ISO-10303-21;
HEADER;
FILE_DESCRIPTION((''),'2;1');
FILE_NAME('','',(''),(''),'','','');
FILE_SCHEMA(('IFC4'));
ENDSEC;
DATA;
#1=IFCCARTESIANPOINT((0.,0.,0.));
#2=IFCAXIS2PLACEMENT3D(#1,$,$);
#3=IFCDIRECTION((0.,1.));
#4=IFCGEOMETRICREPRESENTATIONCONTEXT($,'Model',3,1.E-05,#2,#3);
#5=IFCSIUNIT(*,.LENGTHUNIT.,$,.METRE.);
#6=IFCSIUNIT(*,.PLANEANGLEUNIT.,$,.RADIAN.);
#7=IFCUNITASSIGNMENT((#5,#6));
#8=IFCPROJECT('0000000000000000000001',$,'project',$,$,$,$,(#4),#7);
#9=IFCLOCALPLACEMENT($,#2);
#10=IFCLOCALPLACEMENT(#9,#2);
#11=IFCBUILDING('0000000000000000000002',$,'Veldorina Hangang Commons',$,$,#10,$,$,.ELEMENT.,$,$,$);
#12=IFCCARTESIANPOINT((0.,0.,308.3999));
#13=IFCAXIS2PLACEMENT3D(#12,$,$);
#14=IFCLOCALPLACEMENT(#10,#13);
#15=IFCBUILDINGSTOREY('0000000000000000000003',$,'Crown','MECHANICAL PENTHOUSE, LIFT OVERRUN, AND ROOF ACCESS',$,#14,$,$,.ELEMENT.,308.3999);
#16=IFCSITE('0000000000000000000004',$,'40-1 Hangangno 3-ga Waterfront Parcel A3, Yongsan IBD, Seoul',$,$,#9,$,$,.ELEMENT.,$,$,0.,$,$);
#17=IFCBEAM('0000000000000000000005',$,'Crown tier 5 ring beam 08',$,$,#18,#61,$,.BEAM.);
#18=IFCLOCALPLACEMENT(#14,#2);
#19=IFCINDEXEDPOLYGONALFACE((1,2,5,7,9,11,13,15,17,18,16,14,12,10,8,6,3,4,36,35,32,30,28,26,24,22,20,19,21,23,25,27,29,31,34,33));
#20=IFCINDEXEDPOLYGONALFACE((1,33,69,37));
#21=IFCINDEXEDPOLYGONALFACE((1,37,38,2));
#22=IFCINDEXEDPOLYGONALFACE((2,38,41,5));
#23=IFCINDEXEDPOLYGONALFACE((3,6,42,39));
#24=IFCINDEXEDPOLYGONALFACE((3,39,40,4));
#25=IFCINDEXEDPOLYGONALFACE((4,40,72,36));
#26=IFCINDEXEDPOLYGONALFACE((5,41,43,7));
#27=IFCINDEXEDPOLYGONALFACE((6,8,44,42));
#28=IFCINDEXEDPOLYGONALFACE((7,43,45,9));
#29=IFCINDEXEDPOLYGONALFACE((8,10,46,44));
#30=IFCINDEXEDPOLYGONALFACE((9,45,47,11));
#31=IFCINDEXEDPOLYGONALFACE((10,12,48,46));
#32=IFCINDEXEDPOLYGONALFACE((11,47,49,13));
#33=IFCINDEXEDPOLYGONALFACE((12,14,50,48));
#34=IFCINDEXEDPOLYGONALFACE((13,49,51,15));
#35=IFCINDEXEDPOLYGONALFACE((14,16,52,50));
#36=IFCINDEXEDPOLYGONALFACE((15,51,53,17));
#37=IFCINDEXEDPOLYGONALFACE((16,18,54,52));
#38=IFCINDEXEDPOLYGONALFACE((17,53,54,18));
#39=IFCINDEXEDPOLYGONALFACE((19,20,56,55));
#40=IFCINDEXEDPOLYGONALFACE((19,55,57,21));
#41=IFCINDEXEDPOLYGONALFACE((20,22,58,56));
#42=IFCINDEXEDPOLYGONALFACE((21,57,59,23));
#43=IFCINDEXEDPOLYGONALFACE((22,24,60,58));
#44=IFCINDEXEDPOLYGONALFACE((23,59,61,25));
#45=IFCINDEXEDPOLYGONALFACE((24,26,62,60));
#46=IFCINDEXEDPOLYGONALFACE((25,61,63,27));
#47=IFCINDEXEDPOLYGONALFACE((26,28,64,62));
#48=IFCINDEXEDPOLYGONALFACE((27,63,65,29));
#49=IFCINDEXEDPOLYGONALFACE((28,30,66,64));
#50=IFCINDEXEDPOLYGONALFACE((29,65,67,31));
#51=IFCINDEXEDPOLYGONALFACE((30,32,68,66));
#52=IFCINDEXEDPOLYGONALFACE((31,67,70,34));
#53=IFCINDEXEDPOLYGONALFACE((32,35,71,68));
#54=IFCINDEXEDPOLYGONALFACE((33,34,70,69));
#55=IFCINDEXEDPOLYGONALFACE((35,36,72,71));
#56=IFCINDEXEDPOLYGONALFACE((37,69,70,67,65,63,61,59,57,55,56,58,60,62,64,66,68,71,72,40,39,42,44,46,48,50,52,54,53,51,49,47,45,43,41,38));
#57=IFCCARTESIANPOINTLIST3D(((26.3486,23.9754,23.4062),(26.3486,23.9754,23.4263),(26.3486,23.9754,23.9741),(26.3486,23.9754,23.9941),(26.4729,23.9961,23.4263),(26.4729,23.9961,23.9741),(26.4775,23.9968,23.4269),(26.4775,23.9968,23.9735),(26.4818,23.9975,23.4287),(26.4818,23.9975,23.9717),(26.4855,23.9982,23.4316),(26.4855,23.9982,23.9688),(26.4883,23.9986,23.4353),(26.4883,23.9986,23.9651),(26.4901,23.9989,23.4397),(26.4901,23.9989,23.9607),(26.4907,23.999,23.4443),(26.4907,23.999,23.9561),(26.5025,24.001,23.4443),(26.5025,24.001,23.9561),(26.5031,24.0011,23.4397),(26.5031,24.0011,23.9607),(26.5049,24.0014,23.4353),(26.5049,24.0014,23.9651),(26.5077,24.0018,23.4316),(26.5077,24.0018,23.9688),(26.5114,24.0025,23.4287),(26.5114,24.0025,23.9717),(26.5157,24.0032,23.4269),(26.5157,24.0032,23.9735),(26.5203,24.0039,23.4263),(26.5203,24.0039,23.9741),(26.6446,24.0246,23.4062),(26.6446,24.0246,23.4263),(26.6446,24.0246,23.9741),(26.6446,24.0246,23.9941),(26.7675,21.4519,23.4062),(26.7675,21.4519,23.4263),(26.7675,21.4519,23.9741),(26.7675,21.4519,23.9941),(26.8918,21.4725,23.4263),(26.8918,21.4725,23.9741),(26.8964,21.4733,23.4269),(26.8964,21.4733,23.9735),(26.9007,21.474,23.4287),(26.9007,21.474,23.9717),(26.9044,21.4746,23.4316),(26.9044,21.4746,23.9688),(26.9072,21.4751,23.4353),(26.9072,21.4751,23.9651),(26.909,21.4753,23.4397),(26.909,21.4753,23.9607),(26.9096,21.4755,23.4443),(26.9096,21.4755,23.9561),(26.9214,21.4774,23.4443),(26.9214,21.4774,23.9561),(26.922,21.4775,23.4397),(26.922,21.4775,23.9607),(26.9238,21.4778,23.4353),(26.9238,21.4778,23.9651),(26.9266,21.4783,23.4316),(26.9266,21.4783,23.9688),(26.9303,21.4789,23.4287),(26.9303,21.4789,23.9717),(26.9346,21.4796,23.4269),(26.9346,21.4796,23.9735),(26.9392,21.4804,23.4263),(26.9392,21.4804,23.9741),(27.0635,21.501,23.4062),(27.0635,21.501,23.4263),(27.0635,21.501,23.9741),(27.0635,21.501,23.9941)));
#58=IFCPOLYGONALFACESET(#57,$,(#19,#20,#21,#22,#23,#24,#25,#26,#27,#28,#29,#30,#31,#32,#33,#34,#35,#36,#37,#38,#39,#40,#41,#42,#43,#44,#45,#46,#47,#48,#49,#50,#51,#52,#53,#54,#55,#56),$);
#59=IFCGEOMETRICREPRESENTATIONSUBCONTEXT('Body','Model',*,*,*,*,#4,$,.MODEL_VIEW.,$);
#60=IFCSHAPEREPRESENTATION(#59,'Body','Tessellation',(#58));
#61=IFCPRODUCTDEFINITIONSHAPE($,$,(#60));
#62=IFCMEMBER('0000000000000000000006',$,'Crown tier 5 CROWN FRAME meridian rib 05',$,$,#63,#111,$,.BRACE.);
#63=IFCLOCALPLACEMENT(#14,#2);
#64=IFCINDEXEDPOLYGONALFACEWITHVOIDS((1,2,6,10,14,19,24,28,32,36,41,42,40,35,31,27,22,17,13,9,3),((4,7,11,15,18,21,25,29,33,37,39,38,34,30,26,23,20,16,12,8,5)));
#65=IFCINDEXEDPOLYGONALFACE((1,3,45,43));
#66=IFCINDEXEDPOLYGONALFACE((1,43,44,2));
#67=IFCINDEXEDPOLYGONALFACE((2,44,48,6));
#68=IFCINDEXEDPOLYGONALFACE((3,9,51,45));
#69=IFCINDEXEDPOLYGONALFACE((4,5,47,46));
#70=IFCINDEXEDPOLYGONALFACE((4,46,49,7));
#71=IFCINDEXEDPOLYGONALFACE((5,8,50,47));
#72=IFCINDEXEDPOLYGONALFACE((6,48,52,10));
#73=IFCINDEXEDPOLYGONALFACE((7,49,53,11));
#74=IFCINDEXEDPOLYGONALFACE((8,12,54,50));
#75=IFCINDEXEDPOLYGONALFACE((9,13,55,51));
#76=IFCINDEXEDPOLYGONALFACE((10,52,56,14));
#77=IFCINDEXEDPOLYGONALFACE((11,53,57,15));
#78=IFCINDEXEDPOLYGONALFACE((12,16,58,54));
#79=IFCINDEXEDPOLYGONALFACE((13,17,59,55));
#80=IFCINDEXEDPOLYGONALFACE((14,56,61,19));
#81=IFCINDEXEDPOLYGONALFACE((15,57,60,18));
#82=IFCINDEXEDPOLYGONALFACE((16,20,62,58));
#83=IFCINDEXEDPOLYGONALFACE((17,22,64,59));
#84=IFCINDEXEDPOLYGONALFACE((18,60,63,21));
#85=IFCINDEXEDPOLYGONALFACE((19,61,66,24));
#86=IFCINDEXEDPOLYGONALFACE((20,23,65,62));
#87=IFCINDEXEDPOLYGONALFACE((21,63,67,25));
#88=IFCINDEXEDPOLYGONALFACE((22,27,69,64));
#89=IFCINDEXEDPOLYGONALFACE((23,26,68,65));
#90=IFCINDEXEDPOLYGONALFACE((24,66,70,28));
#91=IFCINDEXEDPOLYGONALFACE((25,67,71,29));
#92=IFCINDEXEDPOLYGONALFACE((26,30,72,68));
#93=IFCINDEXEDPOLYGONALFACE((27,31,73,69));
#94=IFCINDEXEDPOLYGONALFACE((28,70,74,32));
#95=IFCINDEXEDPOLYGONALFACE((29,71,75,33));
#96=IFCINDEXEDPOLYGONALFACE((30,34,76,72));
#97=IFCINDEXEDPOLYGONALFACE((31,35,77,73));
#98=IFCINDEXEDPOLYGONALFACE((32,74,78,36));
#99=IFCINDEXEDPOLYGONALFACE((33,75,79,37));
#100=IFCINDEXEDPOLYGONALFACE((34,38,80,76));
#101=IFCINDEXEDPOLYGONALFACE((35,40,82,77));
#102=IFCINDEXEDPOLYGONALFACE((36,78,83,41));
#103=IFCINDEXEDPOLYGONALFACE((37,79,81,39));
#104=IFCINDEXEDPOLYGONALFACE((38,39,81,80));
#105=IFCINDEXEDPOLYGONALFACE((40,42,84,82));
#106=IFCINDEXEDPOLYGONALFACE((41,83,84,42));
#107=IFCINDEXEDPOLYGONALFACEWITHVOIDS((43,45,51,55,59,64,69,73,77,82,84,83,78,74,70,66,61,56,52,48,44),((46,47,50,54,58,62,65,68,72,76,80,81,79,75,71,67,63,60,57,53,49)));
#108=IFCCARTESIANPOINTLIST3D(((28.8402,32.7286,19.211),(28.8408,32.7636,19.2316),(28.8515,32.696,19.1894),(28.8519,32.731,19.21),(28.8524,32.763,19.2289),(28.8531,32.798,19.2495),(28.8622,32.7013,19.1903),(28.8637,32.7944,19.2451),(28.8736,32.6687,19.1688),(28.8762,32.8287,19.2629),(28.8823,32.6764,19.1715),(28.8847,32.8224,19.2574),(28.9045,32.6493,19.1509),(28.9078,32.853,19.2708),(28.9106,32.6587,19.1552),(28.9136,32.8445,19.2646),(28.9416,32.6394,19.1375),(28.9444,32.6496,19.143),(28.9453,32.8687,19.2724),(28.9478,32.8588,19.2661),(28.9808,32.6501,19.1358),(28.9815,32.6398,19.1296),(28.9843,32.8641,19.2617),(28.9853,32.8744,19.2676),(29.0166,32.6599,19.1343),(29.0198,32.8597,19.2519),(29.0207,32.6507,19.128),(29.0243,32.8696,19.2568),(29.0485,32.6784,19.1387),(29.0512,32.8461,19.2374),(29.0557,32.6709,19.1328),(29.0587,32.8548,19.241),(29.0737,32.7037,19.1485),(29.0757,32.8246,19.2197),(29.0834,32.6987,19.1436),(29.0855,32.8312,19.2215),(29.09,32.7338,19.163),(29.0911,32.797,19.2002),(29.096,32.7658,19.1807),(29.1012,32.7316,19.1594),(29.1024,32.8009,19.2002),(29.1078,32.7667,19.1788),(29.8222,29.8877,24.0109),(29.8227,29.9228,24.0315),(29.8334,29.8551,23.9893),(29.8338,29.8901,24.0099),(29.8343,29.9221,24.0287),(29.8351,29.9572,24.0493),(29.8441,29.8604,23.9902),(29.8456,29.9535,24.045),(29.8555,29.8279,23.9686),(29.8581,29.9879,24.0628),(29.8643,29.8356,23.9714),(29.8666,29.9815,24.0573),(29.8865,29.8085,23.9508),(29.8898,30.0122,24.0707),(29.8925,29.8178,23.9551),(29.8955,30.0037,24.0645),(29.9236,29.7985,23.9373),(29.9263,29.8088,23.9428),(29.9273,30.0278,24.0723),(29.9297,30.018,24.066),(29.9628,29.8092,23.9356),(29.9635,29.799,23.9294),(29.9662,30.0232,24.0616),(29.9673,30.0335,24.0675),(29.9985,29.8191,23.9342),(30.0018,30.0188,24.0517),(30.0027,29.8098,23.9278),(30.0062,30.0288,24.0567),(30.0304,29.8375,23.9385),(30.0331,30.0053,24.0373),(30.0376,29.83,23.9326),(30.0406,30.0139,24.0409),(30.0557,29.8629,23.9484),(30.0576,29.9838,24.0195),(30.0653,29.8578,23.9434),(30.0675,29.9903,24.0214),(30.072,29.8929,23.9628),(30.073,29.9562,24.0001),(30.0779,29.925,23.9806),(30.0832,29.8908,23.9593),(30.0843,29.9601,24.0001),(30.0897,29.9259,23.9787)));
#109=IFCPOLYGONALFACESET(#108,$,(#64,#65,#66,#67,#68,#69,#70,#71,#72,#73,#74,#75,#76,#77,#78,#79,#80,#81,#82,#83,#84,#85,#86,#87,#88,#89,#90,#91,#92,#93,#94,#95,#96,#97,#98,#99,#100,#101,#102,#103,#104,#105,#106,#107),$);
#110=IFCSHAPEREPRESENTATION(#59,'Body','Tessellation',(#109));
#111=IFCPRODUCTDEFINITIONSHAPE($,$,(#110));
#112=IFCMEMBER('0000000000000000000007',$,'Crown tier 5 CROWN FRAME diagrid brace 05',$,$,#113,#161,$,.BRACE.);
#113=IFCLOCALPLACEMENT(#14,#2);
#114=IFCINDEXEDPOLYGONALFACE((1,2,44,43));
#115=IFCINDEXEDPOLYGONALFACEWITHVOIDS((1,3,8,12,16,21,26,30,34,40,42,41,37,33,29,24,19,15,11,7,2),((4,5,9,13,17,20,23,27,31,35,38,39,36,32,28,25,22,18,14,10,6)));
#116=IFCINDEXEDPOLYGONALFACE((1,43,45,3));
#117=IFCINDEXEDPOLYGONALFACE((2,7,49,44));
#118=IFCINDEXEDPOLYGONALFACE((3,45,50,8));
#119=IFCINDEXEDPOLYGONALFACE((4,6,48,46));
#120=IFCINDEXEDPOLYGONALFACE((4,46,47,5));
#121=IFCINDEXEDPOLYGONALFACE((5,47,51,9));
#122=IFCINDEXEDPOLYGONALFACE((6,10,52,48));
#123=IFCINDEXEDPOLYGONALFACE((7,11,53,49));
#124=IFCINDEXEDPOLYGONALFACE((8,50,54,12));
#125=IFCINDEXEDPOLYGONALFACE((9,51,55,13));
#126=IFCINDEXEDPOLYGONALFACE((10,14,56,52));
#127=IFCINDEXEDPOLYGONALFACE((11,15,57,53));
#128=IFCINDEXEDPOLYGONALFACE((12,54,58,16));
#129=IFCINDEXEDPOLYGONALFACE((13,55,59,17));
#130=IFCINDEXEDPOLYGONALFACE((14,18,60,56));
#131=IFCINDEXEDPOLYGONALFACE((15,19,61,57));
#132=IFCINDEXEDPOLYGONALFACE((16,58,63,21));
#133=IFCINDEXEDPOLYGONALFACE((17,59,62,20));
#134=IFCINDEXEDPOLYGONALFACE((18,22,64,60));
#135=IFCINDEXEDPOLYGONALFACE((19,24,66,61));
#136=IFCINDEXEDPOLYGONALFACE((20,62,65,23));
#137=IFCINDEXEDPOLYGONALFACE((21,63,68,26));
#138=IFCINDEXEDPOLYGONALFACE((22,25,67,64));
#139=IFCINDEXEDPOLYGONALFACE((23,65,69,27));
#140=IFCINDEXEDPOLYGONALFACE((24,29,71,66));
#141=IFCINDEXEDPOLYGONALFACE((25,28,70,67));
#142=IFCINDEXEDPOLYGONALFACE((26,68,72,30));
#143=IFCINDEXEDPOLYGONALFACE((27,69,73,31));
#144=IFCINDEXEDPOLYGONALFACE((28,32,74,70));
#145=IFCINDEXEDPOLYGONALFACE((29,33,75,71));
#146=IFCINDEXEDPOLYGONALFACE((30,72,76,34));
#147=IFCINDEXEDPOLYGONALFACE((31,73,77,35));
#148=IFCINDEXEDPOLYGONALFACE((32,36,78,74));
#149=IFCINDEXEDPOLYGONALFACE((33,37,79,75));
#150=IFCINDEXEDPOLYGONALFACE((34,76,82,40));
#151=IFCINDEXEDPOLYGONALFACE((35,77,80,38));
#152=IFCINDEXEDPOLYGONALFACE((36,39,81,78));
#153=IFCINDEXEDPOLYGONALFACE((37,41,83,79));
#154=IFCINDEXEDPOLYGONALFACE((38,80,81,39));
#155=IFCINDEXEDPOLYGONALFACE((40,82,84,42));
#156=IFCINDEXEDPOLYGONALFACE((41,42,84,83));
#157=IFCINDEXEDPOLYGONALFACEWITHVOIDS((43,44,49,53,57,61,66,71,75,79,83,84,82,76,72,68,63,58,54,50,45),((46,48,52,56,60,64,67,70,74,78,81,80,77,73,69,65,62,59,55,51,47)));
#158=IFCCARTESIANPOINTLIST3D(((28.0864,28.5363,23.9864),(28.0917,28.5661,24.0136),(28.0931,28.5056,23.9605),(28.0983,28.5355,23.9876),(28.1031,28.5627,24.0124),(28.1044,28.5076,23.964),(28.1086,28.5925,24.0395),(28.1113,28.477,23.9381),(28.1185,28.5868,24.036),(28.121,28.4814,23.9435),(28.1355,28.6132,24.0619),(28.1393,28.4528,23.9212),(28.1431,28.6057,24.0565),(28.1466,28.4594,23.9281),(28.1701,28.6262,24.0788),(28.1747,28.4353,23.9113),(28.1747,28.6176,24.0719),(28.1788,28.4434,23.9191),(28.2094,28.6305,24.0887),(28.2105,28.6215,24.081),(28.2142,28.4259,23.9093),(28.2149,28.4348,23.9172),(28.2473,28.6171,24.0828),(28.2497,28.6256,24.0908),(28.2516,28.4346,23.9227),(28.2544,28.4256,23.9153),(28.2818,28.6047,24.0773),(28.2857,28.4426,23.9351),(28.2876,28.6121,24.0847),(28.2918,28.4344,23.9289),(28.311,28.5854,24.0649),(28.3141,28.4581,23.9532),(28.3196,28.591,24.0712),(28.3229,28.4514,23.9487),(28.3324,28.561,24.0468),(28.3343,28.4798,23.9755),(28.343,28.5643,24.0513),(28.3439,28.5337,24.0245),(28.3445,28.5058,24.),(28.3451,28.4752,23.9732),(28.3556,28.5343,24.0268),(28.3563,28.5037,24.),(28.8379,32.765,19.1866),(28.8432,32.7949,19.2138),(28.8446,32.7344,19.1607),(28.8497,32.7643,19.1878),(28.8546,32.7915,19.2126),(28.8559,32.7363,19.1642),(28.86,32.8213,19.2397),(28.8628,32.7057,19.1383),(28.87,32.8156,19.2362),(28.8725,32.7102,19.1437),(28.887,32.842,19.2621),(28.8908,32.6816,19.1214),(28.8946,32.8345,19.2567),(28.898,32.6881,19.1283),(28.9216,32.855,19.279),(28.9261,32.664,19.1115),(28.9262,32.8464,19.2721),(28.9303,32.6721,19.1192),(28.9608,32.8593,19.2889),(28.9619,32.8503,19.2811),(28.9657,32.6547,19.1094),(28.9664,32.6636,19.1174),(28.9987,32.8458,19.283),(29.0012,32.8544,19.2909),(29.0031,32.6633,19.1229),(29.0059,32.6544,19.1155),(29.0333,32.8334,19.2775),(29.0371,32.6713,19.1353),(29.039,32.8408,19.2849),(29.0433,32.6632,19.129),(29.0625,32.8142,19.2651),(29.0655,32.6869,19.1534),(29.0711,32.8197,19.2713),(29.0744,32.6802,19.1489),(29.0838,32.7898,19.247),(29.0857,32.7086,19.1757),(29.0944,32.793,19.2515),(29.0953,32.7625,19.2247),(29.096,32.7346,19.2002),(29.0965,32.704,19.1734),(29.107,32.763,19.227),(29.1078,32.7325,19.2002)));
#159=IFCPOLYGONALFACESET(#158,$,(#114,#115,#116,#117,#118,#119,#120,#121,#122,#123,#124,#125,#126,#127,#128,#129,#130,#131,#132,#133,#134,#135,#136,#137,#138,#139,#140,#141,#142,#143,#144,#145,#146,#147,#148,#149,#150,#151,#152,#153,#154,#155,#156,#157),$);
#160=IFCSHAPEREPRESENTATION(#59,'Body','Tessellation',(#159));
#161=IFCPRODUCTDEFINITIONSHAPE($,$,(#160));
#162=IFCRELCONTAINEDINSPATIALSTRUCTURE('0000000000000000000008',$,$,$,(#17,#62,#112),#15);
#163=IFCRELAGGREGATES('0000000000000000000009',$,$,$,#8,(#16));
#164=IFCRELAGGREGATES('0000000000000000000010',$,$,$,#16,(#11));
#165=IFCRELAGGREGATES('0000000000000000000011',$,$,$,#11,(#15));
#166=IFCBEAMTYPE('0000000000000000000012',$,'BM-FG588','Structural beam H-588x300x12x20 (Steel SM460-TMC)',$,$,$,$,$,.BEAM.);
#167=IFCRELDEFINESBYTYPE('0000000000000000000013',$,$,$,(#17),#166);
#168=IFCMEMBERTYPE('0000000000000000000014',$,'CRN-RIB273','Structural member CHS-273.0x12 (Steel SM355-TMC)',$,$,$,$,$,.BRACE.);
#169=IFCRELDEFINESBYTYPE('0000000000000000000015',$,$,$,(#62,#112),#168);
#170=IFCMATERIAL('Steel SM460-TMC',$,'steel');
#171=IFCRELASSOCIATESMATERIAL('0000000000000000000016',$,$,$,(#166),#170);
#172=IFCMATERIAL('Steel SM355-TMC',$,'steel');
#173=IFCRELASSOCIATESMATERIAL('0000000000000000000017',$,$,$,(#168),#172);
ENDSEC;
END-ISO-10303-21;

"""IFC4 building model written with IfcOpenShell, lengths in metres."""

from ifc_helpers import new_model, si_unit, direction, frame, origin, origin_2d, place, context, subcontext, project, spatial, hollow_circle, i_section, extrude, material, material_profile, profile_set, type_object, element, save


model = new_model("IFC4")

# Units and contexts
model_context = context("Model", 3, precision=1e-05, world=origin(), true_north=direction((0.0, 1.0)))
body_context = subcontext(model_context, "Body", "Model", "MODEL_VIEW")
ifc_project = project(units=[si_unit("LENGTHUNIT", "METRE"), si_unit("PLANEANGLEUNIT", "RADIAN")], contexts=[model_context])

# Site, building, storey
site_placement = place(None, origin())
site = spatial("IfcSite", under=ifc_project, at=site_placement, Name="40-1 Hangangno 3-ga Waterfront Parcel A3, Yongsan IBD, Seoul", CompositionType="ELEMENT", RefElevation=0.0)
building_placement = place(site_placement, origin())
building = spatial("IfcBuilding", under=site, at=building_placement, Name="Veldorina Hangang Commons", CompositionType="ELEMENT")
storey_placement = place(building_placement, frame((0.0, 0.0, 308.3999)))
storey = spatial("IfcBuildingStorey", under=building, at=storey_placement, Name="Crown", Description="MECHANICAL PENTHOUSE, LIFT OVERRUN, AND ROOF ACCESS", CompositionType="ELEMENT", Elevation=308.3999)

# Beam
ifc_material_1 = material(Name="Steel SM460-TMC", Category="steel")
ifc_material_profile_1 = material_profile(ifc_material_1, i_section(OverallWidth=0.3, OverallDepth=0.5879, WebThickness=0.012, FlangeThickness=0.02, FilletRadius=0.0181, at=origin_2d()), Name="H-588x300x12x20")
ifc_profile_set_1 = profile_set([ifc_material_profile_1], Name="Steel SM460-TMC")
beam_type = type_object("IfcBeamType", Name="BM-FG588", Description="Structural beam H-588x300x12x20 (Steel SM460-TMC)", PredefinedType="BEAM", material=ifc_profile_set_1)
for number, where, z_axis, x_axis, name in (
    (1, (26.4966, 24.0, 23.7002), (0.163764, -0.986499, 0.0), (0.986499, 0.163764, 0.0), "Crown tier 5 ring beam 08"),
):
    element("IfcBeam", number, at=place(storey_placement, frame(where, z_axis=z_axis, x_axis=x_axis)), inside=storey, type_object=beam_type, Name=name, PredefinedType="BEAM", context=body_context, shape_type="SweptSolid", body=[
        extrude(i_section(OverallWidth=0.3, OverallDepth=0.5879, WebThickness=0.012, FlangeThickness=0.02, FilletRadius=0.0181, at=origin_2d()), origin(), (0.0, 0.0, 1.0), 2.5581),
    ])

# Members
ifc_material_2 = material(Name="Steel SM355-TMC", Category="steel")
ifc_material_profile_2 = material_profile(ifc_material_2, hollow_circle(Radius=0.1365, WallThickness=0.012, at=origin_2d()), Name="CHS-273.0x12")
ifc_profile_set_2 = profile_set([ifc_material_profile_2], Name="Steel SM355-TMC")
member_type_1 = type_object("IfcMemberType", Name="CRN-RIB273", Description="Structural member CHS-273.0x12 (Steel SM355-TMC)", PredefinedType="BRACE", material=ifc_profile_set_2)
member_1_placement = place(storey_placement, frame((28.9734, 32.7563, 19.2002), z_axis=(0.173386, -0.501622, 0.847533), x_axis=(0.945133, 0.326686, 0.0)))
element("IfcMember", 2, at=member_1_placement, inside=storey, type_object=member_type_1, Name="Crown tier 5 CROWN FRAME meridian rib 05", PredefinedType="BRACE", context=body_context, shape_type="SweptSolid", body=[
    extrude(hollow_circle(Radius=0.1365, WallThickness=0.012, at=origin_2d()), origin(), (0.0, 0.0, 1.0), 5.6633),
])
member_2_placement = place(storey_placement, frame((28.9734, 32.7563, 19.2002), z_axis=(-0.116671, -0.656548, 0.745207), x_axis=(0.984575, -0.174962, 0.0)))
element("IfcMember", 3, at=member_2_placement, inside=storey, type_object=member_type_1, Name="Crown tier 5 CROWN FRAME diagrid brace 05", PredefinedType="BRACE", context=body_context, shape_type="SweptSolid", body=[
    extrude(hollow_circle(Radius=0.1365, WallThickness=0.012, at=origin_2d()), origin(), (0.0, 0.0, 1.0), 6.4409),
])

save(model, "model.ifc")
